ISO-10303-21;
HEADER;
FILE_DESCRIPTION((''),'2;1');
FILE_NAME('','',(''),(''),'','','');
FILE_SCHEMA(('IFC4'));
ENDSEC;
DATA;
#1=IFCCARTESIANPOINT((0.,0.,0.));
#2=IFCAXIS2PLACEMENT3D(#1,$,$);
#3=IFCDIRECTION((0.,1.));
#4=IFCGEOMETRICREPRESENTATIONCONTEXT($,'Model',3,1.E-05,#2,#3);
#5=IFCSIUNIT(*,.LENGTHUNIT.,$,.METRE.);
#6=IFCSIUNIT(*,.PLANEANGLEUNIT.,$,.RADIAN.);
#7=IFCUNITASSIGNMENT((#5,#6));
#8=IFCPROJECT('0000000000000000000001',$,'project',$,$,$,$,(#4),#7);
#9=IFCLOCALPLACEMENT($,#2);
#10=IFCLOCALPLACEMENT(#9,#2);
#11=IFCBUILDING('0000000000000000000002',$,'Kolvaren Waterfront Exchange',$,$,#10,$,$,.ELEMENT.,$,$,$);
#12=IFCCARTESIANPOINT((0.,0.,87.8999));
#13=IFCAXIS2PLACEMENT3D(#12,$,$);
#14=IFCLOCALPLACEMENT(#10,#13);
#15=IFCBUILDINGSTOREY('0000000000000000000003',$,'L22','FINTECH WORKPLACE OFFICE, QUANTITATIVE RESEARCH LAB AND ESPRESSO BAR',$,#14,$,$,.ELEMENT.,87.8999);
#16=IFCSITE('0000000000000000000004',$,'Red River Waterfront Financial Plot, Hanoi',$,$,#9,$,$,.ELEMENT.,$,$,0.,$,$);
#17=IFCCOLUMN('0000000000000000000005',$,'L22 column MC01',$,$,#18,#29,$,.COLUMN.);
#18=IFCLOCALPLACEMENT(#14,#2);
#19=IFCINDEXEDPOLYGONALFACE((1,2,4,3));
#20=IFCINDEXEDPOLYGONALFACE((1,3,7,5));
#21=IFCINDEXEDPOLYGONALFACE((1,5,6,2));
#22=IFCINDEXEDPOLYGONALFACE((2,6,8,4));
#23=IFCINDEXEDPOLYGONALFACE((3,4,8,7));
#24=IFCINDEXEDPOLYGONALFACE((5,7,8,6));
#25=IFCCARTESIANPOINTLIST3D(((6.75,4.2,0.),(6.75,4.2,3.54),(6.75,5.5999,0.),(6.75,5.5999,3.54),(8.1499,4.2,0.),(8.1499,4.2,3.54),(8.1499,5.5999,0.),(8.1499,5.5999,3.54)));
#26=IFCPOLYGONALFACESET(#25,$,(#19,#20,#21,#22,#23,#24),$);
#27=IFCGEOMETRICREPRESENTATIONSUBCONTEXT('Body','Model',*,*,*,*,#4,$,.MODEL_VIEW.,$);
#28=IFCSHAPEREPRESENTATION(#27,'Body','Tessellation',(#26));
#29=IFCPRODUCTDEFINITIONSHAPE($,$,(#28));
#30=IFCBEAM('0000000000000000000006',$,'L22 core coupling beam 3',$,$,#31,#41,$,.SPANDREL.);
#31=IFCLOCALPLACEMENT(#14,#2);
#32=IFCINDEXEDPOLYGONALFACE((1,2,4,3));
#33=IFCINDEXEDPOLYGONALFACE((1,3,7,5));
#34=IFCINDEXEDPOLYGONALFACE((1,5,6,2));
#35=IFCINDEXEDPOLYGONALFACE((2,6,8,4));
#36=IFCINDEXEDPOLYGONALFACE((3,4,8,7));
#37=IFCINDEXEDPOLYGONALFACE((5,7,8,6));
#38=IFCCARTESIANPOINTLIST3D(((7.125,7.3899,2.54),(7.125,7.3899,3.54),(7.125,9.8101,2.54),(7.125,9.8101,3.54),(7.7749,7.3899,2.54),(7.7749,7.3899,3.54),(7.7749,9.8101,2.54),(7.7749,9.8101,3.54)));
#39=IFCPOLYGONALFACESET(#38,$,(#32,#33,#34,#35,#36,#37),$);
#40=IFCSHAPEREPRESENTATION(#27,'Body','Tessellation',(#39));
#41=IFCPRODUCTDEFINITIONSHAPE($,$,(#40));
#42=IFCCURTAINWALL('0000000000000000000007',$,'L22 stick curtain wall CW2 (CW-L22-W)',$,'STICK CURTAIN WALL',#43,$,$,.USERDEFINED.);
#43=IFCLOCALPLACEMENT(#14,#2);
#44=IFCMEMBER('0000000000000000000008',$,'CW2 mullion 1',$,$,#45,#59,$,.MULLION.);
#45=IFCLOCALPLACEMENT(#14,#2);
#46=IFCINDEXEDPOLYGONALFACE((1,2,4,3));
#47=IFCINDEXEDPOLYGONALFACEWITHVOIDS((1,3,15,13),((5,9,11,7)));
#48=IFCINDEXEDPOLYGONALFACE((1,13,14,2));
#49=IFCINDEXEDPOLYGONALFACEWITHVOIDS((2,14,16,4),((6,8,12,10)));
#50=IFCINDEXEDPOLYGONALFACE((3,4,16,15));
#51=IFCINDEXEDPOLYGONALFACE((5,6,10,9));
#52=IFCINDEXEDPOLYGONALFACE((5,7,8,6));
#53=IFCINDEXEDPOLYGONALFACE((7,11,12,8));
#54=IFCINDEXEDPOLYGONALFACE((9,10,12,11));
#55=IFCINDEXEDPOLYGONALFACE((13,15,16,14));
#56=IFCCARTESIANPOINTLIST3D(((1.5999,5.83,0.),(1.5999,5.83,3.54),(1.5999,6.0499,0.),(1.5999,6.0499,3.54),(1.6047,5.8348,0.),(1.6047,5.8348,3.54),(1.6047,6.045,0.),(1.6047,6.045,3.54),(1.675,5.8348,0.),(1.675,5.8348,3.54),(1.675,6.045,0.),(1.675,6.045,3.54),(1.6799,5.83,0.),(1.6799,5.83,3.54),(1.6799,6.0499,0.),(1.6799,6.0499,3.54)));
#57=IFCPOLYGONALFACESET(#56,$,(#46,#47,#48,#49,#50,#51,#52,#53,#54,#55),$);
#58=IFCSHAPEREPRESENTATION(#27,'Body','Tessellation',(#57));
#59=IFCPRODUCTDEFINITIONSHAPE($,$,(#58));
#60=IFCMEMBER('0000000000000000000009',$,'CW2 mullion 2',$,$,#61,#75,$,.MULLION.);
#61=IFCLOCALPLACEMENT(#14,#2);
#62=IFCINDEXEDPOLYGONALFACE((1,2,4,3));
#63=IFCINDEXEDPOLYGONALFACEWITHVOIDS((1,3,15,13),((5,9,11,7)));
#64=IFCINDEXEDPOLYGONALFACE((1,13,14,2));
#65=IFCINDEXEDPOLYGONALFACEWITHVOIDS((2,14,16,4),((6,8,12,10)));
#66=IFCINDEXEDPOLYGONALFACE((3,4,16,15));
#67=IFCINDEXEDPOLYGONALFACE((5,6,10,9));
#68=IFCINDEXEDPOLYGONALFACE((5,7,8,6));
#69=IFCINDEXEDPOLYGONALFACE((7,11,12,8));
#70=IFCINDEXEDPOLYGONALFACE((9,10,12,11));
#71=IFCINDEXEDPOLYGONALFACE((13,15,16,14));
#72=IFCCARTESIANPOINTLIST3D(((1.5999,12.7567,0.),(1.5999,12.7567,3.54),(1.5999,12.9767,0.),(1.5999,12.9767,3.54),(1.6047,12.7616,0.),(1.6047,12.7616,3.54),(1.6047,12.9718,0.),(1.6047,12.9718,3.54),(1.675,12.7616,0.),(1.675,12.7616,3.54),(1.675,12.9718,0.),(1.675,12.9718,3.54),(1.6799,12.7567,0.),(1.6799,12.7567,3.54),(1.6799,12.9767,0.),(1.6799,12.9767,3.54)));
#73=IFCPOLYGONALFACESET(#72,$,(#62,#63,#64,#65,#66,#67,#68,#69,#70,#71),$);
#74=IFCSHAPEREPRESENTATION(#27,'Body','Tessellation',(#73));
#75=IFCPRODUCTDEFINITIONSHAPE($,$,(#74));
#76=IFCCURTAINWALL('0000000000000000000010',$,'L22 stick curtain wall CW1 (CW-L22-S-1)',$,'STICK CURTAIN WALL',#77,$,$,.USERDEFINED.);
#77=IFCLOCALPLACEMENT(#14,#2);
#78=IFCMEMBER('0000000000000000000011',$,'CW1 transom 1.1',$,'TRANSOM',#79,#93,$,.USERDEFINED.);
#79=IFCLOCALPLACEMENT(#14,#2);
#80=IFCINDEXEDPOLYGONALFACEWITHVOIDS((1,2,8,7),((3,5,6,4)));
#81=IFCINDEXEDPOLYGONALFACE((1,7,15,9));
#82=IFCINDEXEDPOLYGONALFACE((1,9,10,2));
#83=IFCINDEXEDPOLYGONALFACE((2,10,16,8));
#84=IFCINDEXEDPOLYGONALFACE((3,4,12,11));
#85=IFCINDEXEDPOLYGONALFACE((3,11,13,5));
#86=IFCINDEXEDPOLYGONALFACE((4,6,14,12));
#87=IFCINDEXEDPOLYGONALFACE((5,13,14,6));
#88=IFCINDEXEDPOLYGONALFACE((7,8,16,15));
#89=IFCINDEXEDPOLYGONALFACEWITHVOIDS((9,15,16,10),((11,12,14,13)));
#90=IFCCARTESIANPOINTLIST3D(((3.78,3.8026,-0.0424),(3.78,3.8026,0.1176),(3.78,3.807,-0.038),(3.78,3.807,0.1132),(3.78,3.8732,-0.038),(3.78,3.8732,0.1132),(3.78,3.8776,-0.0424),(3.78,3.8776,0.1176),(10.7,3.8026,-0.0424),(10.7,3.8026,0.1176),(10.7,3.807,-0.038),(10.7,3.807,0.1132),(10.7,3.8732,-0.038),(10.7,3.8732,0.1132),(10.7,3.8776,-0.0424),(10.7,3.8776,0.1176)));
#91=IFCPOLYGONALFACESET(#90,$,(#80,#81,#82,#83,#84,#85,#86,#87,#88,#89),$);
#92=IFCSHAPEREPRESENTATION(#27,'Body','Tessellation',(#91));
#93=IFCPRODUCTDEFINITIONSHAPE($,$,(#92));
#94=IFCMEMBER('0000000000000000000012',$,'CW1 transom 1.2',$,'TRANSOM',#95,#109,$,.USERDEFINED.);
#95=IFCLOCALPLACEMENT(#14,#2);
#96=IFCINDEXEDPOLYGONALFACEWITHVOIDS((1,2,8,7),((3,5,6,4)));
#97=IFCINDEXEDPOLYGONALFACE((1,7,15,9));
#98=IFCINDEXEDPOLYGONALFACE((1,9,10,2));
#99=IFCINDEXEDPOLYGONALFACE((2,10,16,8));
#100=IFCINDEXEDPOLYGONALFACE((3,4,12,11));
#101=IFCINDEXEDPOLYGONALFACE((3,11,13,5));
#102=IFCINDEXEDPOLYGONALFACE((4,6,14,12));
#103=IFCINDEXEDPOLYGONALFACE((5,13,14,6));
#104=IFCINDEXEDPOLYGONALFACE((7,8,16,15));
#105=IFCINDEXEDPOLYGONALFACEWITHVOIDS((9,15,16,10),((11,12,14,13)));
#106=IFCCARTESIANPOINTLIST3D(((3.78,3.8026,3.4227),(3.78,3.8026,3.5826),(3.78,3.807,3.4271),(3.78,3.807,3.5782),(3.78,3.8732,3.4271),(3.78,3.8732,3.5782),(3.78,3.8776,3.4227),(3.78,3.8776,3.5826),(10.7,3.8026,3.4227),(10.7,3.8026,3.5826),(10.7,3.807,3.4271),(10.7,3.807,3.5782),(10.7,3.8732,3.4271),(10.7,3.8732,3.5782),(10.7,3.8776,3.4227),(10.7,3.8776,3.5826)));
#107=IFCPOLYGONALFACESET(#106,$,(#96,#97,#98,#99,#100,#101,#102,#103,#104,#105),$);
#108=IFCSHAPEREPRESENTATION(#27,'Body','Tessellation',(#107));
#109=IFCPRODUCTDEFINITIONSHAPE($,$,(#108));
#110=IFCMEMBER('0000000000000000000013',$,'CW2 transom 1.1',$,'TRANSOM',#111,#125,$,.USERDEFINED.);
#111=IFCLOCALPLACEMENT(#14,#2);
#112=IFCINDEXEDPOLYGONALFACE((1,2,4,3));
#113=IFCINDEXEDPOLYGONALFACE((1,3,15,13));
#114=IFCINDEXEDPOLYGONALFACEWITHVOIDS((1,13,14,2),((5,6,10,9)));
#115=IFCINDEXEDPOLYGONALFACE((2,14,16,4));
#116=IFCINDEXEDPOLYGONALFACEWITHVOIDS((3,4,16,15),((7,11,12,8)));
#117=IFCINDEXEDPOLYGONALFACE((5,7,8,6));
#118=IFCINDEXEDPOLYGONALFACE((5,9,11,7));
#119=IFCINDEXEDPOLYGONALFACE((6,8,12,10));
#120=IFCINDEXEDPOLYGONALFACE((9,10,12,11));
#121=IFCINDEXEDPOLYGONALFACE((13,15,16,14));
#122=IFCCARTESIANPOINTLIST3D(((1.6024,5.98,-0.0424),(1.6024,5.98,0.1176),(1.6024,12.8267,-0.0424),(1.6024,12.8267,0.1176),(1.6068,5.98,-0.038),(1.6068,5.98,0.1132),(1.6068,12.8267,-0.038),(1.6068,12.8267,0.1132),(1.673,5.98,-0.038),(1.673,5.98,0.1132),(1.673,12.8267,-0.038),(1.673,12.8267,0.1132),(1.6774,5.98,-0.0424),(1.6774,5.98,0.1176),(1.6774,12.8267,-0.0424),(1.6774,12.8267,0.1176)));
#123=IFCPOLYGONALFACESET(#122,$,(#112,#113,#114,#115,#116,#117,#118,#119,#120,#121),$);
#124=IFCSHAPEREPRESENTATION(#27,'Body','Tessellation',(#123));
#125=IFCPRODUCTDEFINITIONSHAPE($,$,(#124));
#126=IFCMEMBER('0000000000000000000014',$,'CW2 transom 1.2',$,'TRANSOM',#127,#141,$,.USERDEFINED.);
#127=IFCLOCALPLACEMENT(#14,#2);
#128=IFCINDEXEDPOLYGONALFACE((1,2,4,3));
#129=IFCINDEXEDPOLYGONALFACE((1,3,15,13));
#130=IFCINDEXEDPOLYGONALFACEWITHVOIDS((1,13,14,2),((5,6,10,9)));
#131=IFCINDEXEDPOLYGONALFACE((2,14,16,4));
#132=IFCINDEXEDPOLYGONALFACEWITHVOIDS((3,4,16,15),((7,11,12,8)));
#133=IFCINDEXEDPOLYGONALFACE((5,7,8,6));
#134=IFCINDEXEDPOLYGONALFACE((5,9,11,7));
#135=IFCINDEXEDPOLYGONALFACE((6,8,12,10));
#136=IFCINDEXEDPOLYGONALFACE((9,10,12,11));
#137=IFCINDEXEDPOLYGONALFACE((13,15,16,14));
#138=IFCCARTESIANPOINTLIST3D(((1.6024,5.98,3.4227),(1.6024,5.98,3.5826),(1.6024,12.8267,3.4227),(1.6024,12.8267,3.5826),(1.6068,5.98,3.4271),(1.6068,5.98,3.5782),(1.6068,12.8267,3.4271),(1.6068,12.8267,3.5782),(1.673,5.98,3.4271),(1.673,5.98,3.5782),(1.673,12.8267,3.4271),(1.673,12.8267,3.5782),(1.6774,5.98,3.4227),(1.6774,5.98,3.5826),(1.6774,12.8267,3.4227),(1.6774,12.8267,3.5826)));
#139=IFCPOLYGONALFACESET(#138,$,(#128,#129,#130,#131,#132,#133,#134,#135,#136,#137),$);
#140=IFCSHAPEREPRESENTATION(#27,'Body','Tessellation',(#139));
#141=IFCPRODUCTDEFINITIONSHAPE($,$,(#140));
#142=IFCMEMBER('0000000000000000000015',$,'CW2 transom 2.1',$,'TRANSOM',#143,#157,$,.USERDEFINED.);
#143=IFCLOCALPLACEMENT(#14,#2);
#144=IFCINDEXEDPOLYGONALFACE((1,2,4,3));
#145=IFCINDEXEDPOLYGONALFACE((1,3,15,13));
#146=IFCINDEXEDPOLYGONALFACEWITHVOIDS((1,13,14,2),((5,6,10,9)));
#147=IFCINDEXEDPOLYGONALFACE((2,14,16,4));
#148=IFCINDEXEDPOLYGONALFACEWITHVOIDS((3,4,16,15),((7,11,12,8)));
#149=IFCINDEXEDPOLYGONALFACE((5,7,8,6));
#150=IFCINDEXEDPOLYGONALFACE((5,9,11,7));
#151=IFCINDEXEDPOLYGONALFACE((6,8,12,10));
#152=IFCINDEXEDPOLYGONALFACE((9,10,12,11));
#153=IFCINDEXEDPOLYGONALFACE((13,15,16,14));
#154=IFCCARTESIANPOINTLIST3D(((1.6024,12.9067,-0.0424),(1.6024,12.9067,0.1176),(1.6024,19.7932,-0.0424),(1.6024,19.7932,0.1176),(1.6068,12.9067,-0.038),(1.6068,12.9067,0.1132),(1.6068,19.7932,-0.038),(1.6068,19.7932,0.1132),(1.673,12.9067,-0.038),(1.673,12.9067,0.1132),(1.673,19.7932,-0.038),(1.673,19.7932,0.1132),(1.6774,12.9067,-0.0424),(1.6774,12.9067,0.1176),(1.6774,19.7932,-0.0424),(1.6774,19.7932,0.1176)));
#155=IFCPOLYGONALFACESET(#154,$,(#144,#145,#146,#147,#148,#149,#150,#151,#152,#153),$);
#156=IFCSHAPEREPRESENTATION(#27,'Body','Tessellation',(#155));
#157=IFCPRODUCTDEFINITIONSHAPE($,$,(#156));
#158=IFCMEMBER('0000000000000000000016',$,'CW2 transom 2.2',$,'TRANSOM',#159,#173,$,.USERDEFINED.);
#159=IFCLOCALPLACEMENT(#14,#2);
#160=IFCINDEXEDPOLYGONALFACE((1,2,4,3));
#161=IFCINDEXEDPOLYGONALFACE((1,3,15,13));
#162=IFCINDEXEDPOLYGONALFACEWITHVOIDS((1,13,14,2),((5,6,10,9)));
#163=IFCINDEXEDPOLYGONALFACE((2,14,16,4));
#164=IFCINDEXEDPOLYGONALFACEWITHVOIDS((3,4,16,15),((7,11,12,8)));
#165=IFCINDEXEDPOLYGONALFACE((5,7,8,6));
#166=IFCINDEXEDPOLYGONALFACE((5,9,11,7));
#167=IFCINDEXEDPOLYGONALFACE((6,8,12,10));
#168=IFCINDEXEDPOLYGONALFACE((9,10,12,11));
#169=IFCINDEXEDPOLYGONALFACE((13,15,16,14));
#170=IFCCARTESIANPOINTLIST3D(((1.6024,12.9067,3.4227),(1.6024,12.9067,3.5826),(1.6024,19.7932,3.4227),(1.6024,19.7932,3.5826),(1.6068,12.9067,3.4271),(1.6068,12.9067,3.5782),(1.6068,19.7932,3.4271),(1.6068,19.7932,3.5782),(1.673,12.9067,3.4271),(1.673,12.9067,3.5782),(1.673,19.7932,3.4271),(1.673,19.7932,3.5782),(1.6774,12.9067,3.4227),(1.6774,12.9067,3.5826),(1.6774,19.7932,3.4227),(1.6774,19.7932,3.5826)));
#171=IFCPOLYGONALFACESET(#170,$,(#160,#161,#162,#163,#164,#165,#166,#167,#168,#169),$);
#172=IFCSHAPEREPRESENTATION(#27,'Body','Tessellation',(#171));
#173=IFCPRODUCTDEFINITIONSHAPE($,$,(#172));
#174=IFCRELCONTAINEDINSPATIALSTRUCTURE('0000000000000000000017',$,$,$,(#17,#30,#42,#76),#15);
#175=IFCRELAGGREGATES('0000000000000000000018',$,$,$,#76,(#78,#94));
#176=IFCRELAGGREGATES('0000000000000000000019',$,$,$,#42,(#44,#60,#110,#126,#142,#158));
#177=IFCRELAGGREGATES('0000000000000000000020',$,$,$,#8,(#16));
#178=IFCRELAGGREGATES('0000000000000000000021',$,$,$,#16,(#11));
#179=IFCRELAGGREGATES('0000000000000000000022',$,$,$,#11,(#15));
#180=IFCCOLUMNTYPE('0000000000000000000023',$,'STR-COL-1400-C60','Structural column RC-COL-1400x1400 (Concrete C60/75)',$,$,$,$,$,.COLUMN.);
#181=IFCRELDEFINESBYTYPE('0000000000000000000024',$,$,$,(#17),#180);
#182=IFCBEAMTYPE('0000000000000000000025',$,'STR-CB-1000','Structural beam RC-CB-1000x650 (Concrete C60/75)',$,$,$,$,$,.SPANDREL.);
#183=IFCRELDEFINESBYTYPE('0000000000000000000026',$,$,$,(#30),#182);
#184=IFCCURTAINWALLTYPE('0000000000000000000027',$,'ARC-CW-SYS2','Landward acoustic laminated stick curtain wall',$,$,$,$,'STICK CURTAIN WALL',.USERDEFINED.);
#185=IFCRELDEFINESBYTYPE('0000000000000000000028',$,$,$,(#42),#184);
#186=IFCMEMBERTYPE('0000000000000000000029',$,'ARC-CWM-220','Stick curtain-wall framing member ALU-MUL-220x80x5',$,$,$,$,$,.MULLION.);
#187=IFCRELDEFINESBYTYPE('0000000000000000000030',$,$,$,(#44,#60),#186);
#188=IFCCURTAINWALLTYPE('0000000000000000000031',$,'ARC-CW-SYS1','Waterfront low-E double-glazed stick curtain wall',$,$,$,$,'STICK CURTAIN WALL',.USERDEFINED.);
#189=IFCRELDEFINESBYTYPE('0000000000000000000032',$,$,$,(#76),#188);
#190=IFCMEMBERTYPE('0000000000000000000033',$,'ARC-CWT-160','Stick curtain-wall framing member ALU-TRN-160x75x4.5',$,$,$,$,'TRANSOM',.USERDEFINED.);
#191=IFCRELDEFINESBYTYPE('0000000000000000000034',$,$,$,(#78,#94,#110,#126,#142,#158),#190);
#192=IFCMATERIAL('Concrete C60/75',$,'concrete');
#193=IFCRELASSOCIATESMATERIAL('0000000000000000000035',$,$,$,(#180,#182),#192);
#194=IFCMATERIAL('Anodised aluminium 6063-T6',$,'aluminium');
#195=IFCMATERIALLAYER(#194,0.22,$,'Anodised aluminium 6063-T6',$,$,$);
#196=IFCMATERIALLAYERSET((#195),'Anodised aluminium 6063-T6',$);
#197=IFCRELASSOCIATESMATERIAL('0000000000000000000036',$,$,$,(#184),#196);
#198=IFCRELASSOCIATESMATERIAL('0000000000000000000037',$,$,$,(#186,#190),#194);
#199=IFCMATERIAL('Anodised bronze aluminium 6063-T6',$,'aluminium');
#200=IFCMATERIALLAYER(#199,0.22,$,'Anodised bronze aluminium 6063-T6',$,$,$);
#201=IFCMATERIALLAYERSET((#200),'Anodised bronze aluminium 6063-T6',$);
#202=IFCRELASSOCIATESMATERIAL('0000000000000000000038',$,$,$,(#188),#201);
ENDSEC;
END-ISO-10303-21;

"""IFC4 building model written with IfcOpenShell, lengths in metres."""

from ifc_helpers import new_model, si_unit, direction, frame, origin, origin_with_axes, origin_2d, place, context, subcontext, project, spatial, rectangle, hollow_rectangle, extrude, source, transform, mapped, material, layer, layer_set, material_profile, profile_set, type_object, element, aggregate, save


model = new_model("IFC4")

# Units and contexts
model_context = context("Model", 3, precision=1e-05, world=origin(), true_north=direction((0.0, 1.0)))
body_context = subcontext(model_context, "Body", "Model", "MODEL_VIEW")
ifc_project = project(units=[si_unit("LENGTHUNIT", "METRE"), si_unit("PLANEANGLEUNIT", "RADIAN")], contexts=[model_context])

# Site, building, storey
site_placement = place(None, origin())
site = spatial("IfcSite", under=ifc_project, at=site_placement, Name="Red River Waterfront Financial Plot, Hanoi", CompositionType="ELEMENT", RefElevation=0.0)
building_placement = place(site_placement, origin())
building = spatial("IfcBuilding", under=site, at=building_placement, Name="Kolvaren Waterfront Exchange", CompositionType="ELEMENT")
storey_placement = place(building_placement, frame((0.0, 0.0, 87.8999)))
storey = spatial("IfcBuildingStorey", under=building, at=storey_placement, Name="L22", Description="FINTECH WORKPLACE OFFICE, QUANTITATIVE RESEARCH LAB AND ESPRESSO BAR", CompositionType="ELEMENT", Elevation=87.8999)

# Column
ifc_material_1 = material(Name="Concrete C60/75", Category="concrete")
ifc_material_profile_1 = material_profile(ifc_material_1, rectangle(XDim=1.3999, YDim=1.3999, at=origin_2d()), Name="RC-COL-1400x1400")
ifc_profile_set_1 = profile_set([ifc_material_profile_1], Name="Concrete C60/75")
column_type = type_object("IfcColumnType", Name="STR-COL-1400-C60", Description="Structural column RC-COL-1400x1400 (Concrete C60/75)", PredefinedType="COLUMN", material=ifc_profile_set_1)
column_placement = place(storey_placement, frame((7.45, 4.8999, 0.0), z_axis=(0.0, 0.0, 1.0), x_axis=(1.0, 0.0, 0.0)))
element("IfcColumn", 1, at=column_placement, inside=storey, type_object=column_type, Name="L22 column MC01", PredefinedType="COLUMN", context=body_context, shape_type="SweptSolid", body=[
    extrude(rectangle(XDim=1.3999, YDim=1.3999, at=origin_2d()), origin(), (0.0, 0.0, 1.0), 3.54),
])

# Beam
ifc_material_profile_2 = material_profile(ifc_material_1, rectangle(XDim=0.6499, YDim=1.0, at=origin_2d()), Name="RC-CB-1000x650")
ifc_profile_set_2 = profile_set([ifc_material_profile_2], Name="Concrete C60/75")
beam_type = type_object("IfcBeamType", Name="STR-CB-1000", Description="Structural beam RC-CB-1000x650 (Concrete C60/75)", PredefinedType="SPANDREL", material=ifc_profile_set_2)
beam_placement = place(storey_placement, frame((7.45, 7.3899, 3.04), z_axis=(0.0, 1.0, 0.0), x_axis=(-1.0, 0.0, 0.0)))
element("IfcBeam", 2, at=beam_placement, inside=storey, type_object=beam_type, Name="L22 core coupling beam 3", PredefinedType="SPANDREL", context=body_context, shape_type="SweptSolid", body=[
    extrude(rectangle(XDim=0.6499, YDim=1.0, at=origin_2d()), origin(), (0.0, 0.0, 1.0), 2.4202),
])

# Curtain walls, members
ifc_material_2 = material(Name="Anodised aluminium 6063-T6", Category="aluminium")
ifc_layer_1 = layer(ifc_material_2, 0.22, Name="Anodised aluminium 6063-T6")
ifc_layer_set_1 = layer_set([ifc_layer_1], Name="Anodised aluminium 6063-T6")
curtain_wall_type_1 = type_object("IfcCurtainWallType", Name="ARC-CW-SYS2", Description="Landward acoustic laminated stick curtain wall", ElementType="STICK CURTAIN WALL", PredefinedType="USERDEFINED", material=ifc_layer_set_1)
curtain_wall_1_placement = place(storey_placement, origin())
curtain_wall_1 = element("IfcCurtainWall", 3, at=curtain_wall_1_placement, inside=storey, type_object=curtain_wall_type_1, Name="L22 stick curtain wall CW2 (CW-L22-W)", ObjectType="STICK CURTAIN WALL", PredefinedType="USERDEFINED")
ifc_material_profile_3 = material_profile(ifc_material_2, hollow_rectangle(XDim=0.0801, YDim=0.22, WallThickness=0.0049, at=origin_2d()), Name="ALU-MUL-220x80x5")
ifc_profile_set_3 = profile_set([ifc_material_profile_3], Name="Anodised aluminium 6063-T6")
member_type_1 = type_object("IfcMemberType", Name="ARC-CWM-220", Description="Stick curtain-wall framing member ALU-MUL-220x80x5", PredefinedType="MULLION", material=ifc_profile_set_3)
shared_shape_1 = source(origin_with_axes(), body_context, "Body", "SweptSolid", [
    extrude(hollow_rectangle(XDim=0.0801, YDim=0.22, WallThickness=0.0049, at=origin_2d()), origin(), (0.0, 0.0, 1.0), 3.54),
])
member_1_placement = place(storey_placement, frame((1.6399, 5.9399, 0.0), z_axis=(0.0, 0.0, 1.0), x_axis=(-1.0, 0.0, 0.0)))
member_1 = element("IfcMember", 4, at=member_1_placement, type_object=member_type_1, Name="CW2 mullion 1", PredefinedType="MULLION", context=body_context, shape_type="MappedRepresentation", body=[
    mapped(shared_shape_1, transform((0.0, 0.0, 0.0), x_axis=(1.0, 0.0, 0.0), y_axis=(0.0, 1.0, 0.0), z_axis=(0.0, 0.0, 1.0), scale=1.0)),
])
member_2_placement = place(storey_placement, frame((1.6399, 12.8667, 0.0), z_axis=(0.0, 0.0, 1.0), x_axis=(-1.0, 0.0, 0.0)))
member_2 = element("IfcMember", 5, at=member_2_placement, type_object=member_type_1, Name="CW2 mullion 2", PredefinedType="MULLION", context=body_context, shape_type="MappedRepresentation", body=[
    mapped(shared_shape_1, transform((0.0, 0.0, 0.0), x_axis=(1.0, 0.0, 0.0), y_axis=(0.0, 1.0, 0.0), z_axis=(0.0, 0.0, 1.0), scale=1.0)),
])
ifc_material_3 = material(Name="Anodised bronze aluminium 6063-T6", Category="aluminium")
ifc_layer_2 = layer(ifc_material_3, 0.22, Name="Anodised bronze aluminium 6063-T6")
ifc_layer_set_2 = layer_set([ifc_layer_2], Name="Anodised bronze aluminium 6063-T6")
curtain_wall_type_2 = type_object("IfcCurtainWallType", Name="ARC-CW-SYS1", Description="Waterfront low-E double-glazed stick curtain wall", ElementType="STICK CURTAIN WALL", PredefinedType="USERDEFINED", material=ifc_layer_set_2)
curtain_wall_2_placement = place(storey_placement, origin())
curtain_wall_2 = element("IfcCurtainWall", 6, at=curtain_wall_2_placement, inside=storey, type_object=curtain_wall_type_2, Name="L22 stick curtain wall CW1 (CW-L22-S-1)", ObjectType="STICK CURTAIN WALL", PredefinedType="USERDEFINED")
ifc_material_profile_4 = material_profile(ifc_material_2, hollow_rectangle(XDim=0.075, YDim=0.1599, WallThickness=0.0044, at=origin_2d()), Name="ALU-TRN-160x75x4.5")
ifc_profile_set_4 = profile_set([ifc_material_profile_4], Name="Anodised aluminium 6063-T6")
member_type_2 = type_object("IfcMemberType", Name="ARC-CWT-160", Description="Stick curtain-wall framing member ALU-TRN-160x75x4.5", ElementType="TRANSOM", PredefinedType="USERDEFINED", material=ifc_profile_set_4)
shared_shape_2 = source(origin_with_axes(), body_context, "Body", "SweptSolid", [
    extrude(hollow_rectangle(XDim=0.075, YDim=0.1599, WallThickness=0.0044, at=origin_2d()), origin(), (0.0, 0.0, 1.0), 6.9199),
])
member_3_placement = place(storey_placement, frame((3.78, 3.8401, 0.0376), z_axis=(1.0, 0.0, 0.0), x_axis=(0.0, 1.0, 0.0)))
member_3 = element("IfcMember", 7, at=member_3_placement, type_object=member_type_2, Name="CW1 transom 1.1", ObjectType="TRANSOM", PredefinedType="USERDEFINED", context=body_context, shape_type="MappedRepresentation", body=[
    mapped(shared_shape_2, transform((0.0, 0.0, 0.0), x_axis=(1.0, 0.0, 0.0), y_axis=(0.0, 1.0, 0.0), z_axis=(0.0, 0.0, 1.0), scale=1.0)),
])
member_4_placement = place(storey_placement, frame((3.78, 3.8401, 3.5027), z_axis=(1.0, 0.0, 0.0), x_axis=(0.0, 1.0, 0.0)))
member_4 = element("IfcMember", 8, at=member_4_placement, type_object=member_type_2, Name="CW1 transom 1.2", ObjectType="TRANSOM", PredefinedType="USERDEFINED", context=body_context, shape_type="MappedRepresentation", body=[
    mapped(shared_shape_2, transform((0.0, 0.0, 0.0), x_axis=(1.0, 0.0, 0.0), y_axis=(0.0, 1.0, 0.0), z_axis=(0.0, 0.0, 1.0), scale=1.0)),
])

# Members
shared_shape_3 = source(origin_with_axes(), body_context, "Body", "SweptSolid", [
    extrude(hollow_rectangle(XDim=0.075, YDim=0.1599, WallThickness=0.0044, at=origin_2d()), origin(), (0.0, 0.0, 1.0), 6.8467),
])
member_5_placement = place(storey_placement, frame((1.6399, 5.98, 0.0376), z_axis=(0.0, 1.0, 0.0), x_axis=(-1.0, 0.0, 0.0)))
member_5 = element("IfcMember", 9, at=member_5_placement, type_object=member_type_2, Name="CW2 transom 1.1", ObjectType="TRANSOM", PredefinedType="USERDEFINED", context=body_context, shape_type="MappedRepresentation", body=[
    mapped(shared_shape_3, transform((0.0, 0.0, 0.0), x_axis=(1.0, 0.0, 0.0), y_axis=(0.0, 1.0, 0.0), z_axis=(0.0, 0.0, 1.0), scale=1.0)),
])
member_6_placement = place(storey_placement, frame((1.6399, 5.98, 3.5027), z_axis=(0.0, 1.0, 0.0), x_axis=(-1.0, 0.0, 0.0)))
member_6 = element("IfcMember", 10, at=member_6_placement, type_object=member_type_2, Name="CW2 transom 1.2", ObjectType="TRANSOM", PredefinedType="USERDEFINED", context=body_context, shape_type="MappedRepresentation", body=[
    mapped(shared_shape_3, transform((0.0, 0.0, 0.0), x_axis=(1.0, 0.0, 0.0), y_axis=(0.0, 1.0, 0.0), z_axis=(0.0, 0.0, 1.0), scale=1.0)),
])
shared_shape_4 = source(origin_with_axes(), body_context, "Body", "SweptSolid", [
    extrude(hollow_rectangle(XDim=0.075, YDim=0.1599, WallThickness=0.0044, at=origin_2d()), origin(), (0.0, 0.0, 1.0), 6.8865),
])
member_7_placement = place(storey_placement, frame((1.6399, 12.9067, 0.0376), z_axis=(0.0, 1.0, 0.0), x_axis=(-1.0, 0.0, 0.0)))
member_7 = element("IfcMember", 11, at=member_7_placement, type_object=member_type_2, Name="CW2 transom 2.1", ObjectType="TRANSOM", PredefinedType="USERDEFINED", context=body_context, shape_type="MappedRepresentation", body=[
    mapped(shared_shape_4, transform((0.0, 0.0, 0.0), x_axis=(1.0, 0.0, 0.0), y_axis=(0.0, 1.0, 0.0), z_axis=(0.0, 0.0, 1.0), scale=1.0)),
])
member_8_placement = place(storey_placement, frame((1.6399, 12.9067, 3.5027), z_axis=(0.0, 1.0, 0.0), x_axis=(-1.0, 0.0, 0.0)))
member_8 = element("IfcMember", 12, at=member_8_placement, type_object=member_type_2, Name="CW2 transom 2.2", ObjectType="TRANSOM", PredefinedType="USERDEFINED", context=body_context, shape_type="MappedRepresentation", body=[
    mapped(shared_shape_4, transform((0.0, 0.0, 0.0), x_axis=(1.0, 0.0, 0.0), y_axis=(0.0, 1.0, 0.0), z_axis=(0.0, 0.0, 1.0), scale=1.0)),
])

aggregate(curtain_wall_2, [member_3, member_4])
aggregate(curtain_wall_1, [member_1, member_2, member_5, member_6, member_7, member_8])

save(model, "model.ifc")
